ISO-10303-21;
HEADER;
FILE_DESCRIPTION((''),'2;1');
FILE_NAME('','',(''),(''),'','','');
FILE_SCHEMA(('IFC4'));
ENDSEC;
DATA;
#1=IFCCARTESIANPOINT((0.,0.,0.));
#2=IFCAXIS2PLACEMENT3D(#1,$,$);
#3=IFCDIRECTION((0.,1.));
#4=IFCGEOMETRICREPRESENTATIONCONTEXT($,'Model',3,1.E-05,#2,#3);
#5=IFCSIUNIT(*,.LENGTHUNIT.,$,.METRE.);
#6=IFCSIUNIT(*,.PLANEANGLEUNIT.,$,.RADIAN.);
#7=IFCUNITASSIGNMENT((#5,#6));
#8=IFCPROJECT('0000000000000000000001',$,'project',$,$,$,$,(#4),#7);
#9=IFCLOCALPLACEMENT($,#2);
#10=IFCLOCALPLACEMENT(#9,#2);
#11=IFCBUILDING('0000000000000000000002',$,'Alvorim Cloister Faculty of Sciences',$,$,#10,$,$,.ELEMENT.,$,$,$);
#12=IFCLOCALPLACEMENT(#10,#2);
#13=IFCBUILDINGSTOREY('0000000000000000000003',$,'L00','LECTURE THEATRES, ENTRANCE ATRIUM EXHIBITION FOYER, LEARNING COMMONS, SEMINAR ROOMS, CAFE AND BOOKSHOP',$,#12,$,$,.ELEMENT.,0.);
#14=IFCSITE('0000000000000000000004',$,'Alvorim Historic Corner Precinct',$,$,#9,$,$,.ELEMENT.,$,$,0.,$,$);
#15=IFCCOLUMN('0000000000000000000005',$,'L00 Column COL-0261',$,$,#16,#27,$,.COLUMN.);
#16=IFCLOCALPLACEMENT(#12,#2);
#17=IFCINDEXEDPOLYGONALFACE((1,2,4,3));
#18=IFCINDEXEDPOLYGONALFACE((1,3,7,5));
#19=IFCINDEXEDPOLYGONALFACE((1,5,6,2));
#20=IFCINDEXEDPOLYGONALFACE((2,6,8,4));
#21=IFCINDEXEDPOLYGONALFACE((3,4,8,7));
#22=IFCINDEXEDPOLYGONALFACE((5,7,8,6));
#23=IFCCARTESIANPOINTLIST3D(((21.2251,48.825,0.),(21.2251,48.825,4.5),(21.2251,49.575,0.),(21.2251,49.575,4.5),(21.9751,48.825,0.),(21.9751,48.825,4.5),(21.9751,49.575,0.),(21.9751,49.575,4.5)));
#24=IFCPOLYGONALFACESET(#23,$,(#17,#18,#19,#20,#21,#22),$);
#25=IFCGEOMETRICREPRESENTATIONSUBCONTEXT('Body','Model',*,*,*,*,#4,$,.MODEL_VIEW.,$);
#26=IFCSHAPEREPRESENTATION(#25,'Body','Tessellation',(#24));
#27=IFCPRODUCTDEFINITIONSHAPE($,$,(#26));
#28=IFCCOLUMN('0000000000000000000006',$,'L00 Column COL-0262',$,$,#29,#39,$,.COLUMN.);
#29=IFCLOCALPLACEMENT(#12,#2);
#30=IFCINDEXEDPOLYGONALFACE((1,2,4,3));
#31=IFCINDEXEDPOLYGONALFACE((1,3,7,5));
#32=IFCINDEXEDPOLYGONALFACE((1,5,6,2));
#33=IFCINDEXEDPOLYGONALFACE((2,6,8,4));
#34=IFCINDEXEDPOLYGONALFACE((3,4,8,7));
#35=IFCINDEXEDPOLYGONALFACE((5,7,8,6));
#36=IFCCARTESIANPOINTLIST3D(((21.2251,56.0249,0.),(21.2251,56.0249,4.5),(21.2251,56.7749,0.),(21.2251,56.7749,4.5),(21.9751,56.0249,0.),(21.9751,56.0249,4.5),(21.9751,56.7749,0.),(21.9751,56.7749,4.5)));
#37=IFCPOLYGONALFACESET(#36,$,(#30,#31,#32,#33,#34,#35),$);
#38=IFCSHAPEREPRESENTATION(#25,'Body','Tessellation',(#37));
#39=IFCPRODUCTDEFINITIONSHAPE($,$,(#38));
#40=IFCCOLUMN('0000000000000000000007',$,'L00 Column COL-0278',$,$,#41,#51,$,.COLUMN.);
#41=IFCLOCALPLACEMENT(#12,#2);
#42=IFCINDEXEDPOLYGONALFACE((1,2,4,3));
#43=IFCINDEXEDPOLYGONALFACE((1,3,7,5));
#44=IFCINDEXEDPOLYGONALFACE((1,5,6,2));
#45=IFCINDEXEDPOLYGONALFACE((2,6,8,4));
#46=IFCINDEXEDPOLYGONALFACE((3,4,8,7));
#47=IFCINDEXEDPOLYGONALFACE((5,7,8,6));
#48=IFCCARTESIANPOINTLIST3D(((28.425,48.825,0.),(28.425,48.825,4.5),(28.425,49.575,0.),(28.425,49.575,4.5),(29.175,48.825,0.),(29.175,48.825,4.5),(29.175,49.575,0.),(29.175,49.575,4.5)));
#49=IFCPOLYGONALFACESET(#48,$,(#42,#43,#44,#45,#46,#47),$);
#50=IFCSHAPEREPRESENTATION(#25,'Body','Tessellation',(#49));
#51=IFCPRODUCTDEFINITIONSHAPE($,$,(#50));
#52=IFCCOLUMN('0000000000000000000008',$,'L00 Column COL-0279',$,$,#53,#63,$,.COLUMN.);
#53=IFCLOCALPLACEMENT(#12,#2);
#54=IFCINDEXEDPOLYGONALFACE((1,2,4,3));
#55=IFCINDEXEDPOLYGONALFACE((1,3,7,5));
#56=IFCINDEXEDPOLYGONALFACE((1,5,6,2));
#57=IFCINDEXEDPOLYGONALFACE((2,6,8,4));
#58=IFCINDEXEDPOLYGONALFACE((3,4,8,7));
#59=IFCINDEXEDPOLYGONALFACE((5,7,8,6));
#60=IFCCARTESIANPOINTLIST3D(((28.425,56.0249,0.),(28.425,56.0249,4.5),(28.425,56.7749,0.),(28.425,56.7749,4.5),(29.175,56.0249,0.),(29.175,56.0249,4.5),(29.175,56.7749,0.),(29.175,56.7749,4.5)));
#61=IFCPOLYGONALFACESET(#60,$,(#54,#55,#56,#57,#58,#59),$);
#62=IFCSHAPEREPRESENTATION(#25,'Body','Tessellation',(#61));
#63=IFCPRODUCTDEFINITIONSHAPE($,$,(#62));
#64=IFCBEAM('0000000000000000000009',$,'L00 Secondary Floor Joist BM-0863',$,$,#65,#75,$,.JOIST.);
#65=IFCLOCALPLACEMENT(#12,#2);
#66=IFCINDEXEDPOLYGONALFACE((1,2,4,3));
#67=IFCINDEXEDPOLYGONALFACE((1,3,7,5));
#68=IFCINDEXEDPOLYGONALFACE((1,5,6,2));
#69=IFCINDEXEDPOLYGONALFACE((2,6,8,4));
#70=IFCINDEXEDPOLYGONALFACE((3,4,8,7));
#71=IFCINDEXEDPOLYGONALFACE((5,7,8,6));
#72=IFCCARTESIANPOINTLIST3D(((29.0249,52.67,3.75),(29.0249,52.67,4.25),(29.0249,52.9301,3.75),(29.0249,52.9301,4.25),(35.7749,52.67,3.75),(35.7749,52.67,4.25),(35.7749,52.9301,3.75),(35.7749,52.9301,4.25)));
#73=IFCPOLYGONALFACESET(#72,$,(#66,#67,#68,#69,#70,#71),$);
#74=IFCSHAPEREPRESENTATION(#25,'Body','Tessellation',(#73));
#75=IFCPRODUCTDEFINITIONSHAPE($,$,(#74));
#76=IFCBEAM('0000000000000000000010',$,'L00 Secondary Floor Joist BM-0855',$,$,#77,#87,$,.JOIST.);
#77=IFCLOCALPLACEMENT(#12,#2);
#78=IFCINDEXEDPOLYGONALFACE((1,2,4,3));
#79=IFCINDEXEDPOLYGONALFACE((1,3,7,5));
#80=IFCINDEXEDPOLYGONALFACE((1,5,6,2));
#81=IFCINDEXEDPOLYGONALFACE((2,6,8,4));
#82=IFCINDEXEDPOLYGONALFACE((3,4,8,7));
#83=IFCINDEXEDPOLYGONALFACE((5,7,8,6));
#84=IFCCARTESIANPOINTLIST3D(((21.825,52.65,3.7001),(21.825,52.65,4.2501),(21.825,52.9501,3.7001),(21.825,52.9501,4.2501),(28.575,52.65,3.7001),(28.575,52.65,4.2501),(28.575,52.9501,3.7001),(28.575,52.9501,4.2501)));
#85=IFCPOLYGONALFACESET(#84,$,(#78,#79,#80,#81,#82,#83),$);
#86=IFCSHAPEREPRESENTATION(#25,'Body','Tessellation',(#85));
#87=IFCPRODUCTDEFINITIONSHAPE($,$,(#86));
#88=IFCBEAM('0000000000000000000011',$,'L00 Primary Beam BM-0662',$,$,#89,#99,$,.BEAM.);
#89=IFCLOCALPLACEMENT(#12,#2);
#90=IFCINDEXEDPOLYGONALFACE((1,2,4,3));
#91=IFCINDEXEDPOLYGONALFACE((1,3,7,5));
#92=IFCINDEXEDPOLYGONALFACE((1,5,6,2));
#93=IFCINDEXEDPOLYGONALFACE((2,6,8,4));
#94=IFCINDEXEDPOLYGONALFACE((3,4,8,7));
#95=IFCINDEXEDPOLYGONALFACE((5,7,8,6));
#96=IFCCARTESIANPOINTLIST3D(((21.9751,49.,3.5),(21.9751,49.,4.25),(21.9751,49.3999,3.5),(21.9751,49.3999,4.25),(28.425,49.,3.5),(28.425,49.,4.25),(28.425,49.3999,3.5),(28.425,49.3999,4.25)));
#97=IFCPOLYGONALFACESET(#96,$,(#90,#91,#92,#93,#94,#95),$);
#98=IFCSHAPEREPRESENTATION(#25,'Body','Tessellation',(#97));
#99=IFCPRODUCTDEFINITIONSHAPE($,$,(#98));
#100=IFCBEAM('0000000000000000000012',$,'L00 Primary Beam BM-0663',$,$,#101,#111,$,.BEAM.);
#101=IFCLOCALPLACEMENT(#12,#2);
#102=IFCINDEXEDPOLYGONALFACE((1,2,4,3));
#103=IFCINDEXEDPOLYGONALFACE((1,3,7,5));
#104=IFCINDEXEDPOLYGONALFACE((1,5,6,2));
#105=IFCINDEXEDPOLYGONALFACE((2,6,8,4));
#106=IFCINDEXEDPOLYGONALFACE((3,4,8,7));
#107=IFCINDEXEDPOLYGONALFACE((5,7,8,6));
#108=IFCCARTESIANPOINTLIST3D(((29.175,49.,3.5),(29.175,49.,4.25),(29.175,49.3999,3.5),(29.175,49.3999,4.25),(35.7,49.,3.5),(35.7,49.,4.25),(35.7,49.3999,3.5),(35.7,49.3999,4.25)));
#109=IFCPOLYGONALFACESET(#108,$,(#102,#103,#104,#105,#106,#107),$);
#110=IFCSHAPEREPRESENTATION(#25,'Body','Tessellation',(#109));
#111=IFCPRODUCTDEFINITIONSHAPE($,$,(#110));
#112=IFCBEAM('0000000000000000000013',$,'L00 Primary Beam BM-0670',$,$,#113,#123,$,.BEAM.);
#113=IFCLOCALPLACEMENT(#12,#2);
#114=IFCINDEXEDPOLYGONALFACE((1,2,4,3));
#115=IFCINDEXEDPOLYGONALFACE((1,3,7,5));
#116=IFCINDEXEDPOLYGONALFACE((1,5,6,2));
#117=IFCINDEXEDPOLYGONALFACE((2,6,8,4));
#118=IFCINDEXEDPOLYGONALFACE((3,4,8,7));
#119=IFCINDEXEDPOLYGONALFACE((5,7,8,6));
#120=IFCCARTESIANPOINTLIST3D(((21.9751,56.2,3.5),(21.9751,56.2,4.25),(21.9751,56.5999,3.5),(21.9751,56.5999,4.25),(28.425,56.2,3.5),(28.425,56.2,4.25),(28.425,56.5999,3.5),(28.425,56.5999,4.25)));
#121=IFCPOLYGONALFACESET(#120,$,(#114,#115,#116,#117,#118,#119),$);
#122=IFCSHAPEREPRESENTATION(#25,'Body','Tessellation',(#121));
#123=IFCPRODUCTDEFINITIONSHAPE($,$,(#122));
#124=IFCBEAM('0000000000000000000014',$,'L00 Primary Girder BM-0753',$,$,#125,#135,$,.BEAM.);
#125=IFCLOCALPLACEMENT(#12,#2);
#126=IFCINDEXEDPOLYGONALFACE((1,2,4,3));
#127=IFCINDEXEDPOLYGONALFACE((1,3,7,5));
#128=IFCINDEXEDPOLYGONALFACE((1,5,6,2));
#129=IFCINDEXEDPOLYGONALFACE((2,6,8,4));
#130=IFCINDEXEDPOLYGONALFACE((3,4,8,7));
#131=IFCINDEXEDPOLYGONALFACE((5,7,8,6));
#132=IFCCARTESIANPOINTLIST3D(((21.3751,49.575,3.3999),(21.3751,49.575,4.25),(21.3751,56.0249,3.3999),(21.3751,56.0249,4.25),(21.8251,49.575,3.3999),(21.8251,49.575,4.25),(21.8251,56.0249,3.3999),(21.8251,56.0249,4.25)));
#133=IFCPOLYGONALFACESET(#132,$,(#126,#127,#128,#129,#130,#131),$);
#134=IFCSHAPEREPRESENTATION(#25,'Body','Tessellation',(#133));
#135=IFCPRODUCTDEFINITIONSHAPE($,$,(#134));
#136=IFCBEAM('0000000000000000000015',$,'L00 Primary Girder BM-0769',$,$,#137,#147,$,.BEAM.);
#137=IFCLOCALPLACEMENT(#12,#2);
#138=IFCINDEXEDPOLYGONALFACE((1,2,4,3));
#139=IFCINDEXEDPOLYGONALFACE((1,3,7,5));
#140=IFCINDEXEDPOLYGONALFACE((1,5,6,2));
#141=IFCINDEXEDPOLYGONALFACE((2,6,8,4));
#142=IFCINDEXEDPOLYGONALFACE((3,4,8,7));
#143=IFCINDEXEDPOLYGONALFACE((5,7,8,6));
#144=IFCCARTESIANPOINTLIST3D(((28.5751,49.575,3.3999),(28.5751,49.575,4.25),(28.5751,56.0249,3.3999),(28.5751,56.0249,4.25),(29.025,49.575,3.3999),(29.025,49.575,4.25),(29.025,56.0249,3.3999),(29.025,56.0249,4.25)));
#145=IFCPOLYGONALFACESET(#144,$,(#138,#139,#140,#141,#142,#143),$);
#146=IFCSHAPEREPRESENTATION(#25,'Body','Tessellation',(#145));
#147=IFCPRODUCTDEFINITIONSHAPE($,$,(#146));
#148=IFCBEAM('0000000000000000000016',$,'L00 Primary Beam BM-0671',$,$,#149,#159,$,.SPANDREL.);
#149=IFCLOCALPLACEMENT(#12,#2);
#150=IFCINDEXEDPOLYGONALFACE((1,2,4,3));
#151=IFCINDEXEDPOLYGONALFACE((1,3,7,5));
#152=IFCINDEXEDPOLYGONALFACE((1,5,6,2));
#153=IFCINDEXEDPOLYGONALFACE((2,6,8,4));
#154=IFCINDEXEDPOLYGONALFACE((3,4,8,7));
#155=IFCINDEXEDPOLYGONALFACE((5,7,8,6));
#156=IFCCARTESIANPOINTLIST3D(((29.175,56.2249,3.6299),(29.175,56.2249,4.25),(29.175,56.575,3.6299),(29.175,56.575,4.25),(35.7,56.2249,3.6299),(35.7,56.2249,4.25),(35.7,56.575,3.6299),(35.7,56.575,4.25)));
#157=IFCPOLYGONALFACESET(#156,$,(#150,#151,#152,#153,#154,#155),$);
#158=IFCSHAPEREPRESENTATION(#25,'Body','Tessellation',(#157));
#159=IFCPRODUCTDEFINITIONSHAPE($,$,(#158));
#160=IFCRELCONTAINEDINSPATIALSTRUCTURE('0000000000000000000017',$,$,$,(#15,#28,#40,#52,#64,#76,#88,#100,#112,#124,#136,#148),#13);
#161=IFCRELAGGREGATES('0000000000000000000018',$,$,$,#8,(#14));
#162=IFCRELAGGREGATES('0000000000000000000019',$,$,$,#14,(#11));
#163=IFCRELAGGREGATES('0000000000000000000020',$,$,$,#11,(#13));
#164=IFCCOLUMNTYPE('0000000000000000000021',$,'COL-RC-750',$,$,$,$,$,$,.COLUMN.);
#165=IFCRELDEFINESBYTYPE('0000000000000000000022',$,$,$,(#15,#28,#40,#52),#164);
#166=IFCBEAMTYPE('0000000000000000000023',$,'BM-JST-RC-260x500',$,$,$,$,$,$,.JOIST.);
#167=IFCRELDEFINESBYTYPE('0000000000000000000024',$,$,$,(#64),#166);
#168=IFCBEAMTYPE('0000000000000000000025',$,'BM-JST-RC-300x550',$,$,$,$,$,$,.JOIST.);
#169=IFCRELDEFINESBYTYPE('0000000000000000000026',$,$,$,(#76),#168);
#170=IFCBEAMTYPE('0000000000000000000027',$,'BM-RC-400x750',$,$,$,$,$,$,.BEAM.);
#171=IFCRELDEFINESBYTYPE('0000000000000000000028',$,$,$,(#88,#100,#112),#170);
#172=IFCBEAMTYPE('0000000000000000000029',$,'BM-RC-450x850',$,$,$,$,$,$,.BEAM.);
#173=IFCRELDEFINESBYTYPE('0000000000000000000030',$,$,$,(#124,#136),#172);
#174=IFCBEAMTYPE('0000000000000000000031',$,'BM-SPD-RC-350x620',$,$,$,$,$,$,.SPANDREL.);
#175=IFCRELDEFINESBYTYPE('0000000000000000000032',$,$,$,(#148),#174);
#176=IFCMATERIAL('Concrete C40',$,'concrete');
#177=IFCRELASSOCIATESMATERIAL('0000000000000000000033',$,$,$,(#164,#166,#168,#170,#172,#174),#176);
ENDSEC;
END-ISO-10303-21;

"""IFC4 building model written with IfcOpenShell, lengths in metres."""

from ifc_helpers import new_model, si_unit, direction, frame, origin, origin_2d, place, context, subcontext, project, spatial, rectangle, extrude, material, material_profile, profile_set, type_object, element, save


model = new_model("IFC4")

# Units and contexts
model_context = context("Model", 3, precision=1e-05, world=origin(), true_north=direction((0.0, 1.0)))
body_context = subcontext(model_context, "Body", "Model", "MODEL_VIEW")
ifc_project = project(units=[si_unit("LENGTHUNIT", "METRE"), si_unit("PLANEANGLEUNIT", "RADIAN")], contexts=[model_context])

# Site, building, storey
site_placement = place(None, origin())
site = spatial("IfcSite", under=ifc_project, at=site_placement, Name="Alvorim Historic Corner Precinct", CompositionType="ELEMENT", RefElevation=0.0)
building_placement = place(site_placement, origin())
building = spatial("IfcBuilding", under=site, at=building_placement, Name="Alvorim Cloister Faculty of Sciences", CompositionType="ELEMENT")
storey_placement = place(building_placement, origin())
storey = spatial("IfcBuildingStorey", under=building, at=storey_placement, Name="L00", Description="LECTURE THEATRES, ENTRANCE ATRIUM EXHIBITION FOYER, LEARNING COMMONS, SEMINAR ROOMS, CAFE AND BOOKSHOP", CompositionType="ELEMENT", Elevation=0.0)

# Columns
ifc_material_1 = material(Name="Concrete C40", Category="concrete")
ifc_material_profile_1 = material_profile(ifc_material_1, rectangle(XDim=0.75, YDim=0.75, at=origin_2d()), Name="RC40-COL-750x750")
ifc_profile_set_1 = profile_set([ifc_material_profile_1], Name="Concrete C40")
column_type = type_object("IfcColumnType", Name="COL-RC-750", PredefinedType="COLUMN", material=ifc_profile_set_1)
for number, where, z_axis, x_axis, name in (
    (1, (21.6001, 49.2, 0.0), (0.0, 0.0, 1.0), (1.0, 0.0, 0.0), "L00 Column COL-0261"),
    (2, (21.6001, 56.3999, 0.0), (0.0, 0.0, 1.0), (1.0, 0.0, 0.0), "L00 Column COL-0262"),
    (3, (28.8, 49.2, 0.0), (0.0, 0.0, 1.0), (1.0, 0.0, 0.0), "L00 Column COL-0278"),
    (4, (28.8, 56.3999, 0.0), (0.0, 0.0, 1.0), (1.0, 0.0, 0.0), "L00 Column COL-0279"),
):
    element("IfcColumn", number, at=place(storey_placement, frame(where, z_axis=z_axis, x_axis=x_axis)), inside=storey, type_object=column_type, Name=name, PredefinedType="COLUMN", context=body_context, shape_type="SweptSolid", body=[
        extrude(rectangle(XDim=0.75, YDim=0.75, at=origin_2d()), origin(), (0.0, 0.0, 1.0), 4.5),
    ])

# Beams
ifc_material_profile_2 = material_profile(ifc_material_1, rectangle(XDim=0.26, YDim=0.5, at=origin_2d()), Name="RC40-JST-260x500")
ifc_profile_set_2 = profile_set([ifc_material_profile_2], Name="Concrete C40")
beam_type_1 = type_object("IfcBeamType", Name="BM-JST-RC-260x500", PredefinedType="JOIST", material=ifc_profile_set_2)
beam_1_placement = place(storey_placement, frame((29.0249, 52.8, 4.0), z_axis=(1.0, 0.0, 0.0), x_axis=(0.0, 1.0, 0.0)))
element("IfcBeam", 5, at=beam_1_placement, inside=storey, type_object=beam_type_1, Name="L00 Secondary Floor Joist BM-0863", PredefinedType="JOIST", context=body_context, shape_type="SweptSolid", body=[
    extrude(rectangle(XDim=0.26, YDim=0.5, at=origin_2d()), origin(), (0.0, 0.0, 1.0), 6.75),
])
ifc_material_profile_3 = material_profile(ifc_material_1, rectangle(XDim=0.3, YDim=0.55, at=origin_2d()), Name="RC40-JST-300x550")
ifc_profile_set_3 = profile_set([ifc_material_profile_3], Name="Concrete C40")
beam_type_2 = type_object("IfcBeamType", Name="BM-JST-RC-300x550", PredefinedType="JOIST", material=ifc_profile_set_3)
beam_2_placement = place(storey_placement, frame((21.825, 52.8, 3.9751), z_axis=(1.0, 0.0, 0.0), x_axis=(0.0, 1.0, 0.0)))
element("IfcBeam", 6, at=beam_2_placement, inside=storey, type_object=beam_type_2, Name="L00 Secondary Floor Joist BM-0855", PredefinedType="JOIST", context=body_context, shape_type="SweptSolid", body=[
    extrude(rectangle(XDim=0.3, YDim=0.55, at=origin_2d()), origin(), (0.0, 0.0, 1.0), 6.75),
])
ifc_material_profile_4 = material_profile(ifc_material_1, rectangle(XDim=0.3999, YDim=0.75, at=origin_2d()), Name="RC40-BM-400x750")
ifc_profile_set_4 = profile_set([ifc_material_profile_4], Name="Concrete C40")
beam_type_3 = type_object("IfcBeamType", Name="BM-RC-400x750", PredefinedType="BEAM", material=ifc_profile_set_4)
beam_3_placement = place(storey_placement, frame((21.9751, 49.2, 3.875), z_axis=(1.0, 0.0, 0.0), x_axis=(0.0, 1.0, 0.0)))
element("IfcBeam", 7, at=beam_3_placement, inside=storey, type_object=beam_type_3, Name="L00 Primary Beam BM-0662", PredefinedType="BEAM", context=body_context, shape_type="SweptSolid", body=[
    extrude(rectangle(XDim=0.3999, YDim=0.75, at=origin_2d()), origin(), (0.0, 0.0, 1.0), 6.45),
])
beam_4_placement = place(storey_placement, frame((29.175, 49.2, 3.875), z_axis=(1.0, 0.0, 0.0), x_axis=(0.0, 1.0, 0.0)))
element("IfcBeam", 8, at=beam_4_placement, inside=storey, type_object=beam_type_3, Name="L00 Primary Beam BM-0663", PredefinedType="BEAM", context=body_context, shape_type="SweptSolid", body=[
    extrude(rectangle(XDim=0.3999, YDim=0.75, at=origin_2d()), origin(), (0.0, 0.0, 1.0), 6.5249),
])
beam_5_placement = place(storey_placement, frame((21.9751, 56.3999, 3.875), z_axis=(1.0, 0.0, 0.0), x_axis=(0.0, 1.0, 0.0)))
element("IfcBeam", 9, at=beam_5_placement, inside=storey, type_object=beam_type_3, Name="L00 Primary Beam BM-0670", PredefinedType="BEAM", context=body_context, shape_type="SweptSolid", body=[
    extrude(rectangle(XDim=0.3999, YDim=0.75, at=origin_2d()), origin(), (0.0, 0.0, 1.0), 6.45),
])
ifc_material_profile_5 = material_profile(ifc_material_1, rectangle(XDim=0.45, YDim=0.8501, at=origin_2d()), Name="RC40-BM-450x850")
ifc_profile_set_5 = profile_set([ifc_material_profile_5], Name="Concrete C40")
beam_type_4 = type_object("IfcBeamType", Name="BM-RC-450x850", PredefinedType="BEAM", material=ifc_profile_set_5)
for number, where, z_axis, x_axis, name in (
    (10, (21.6001, 49.575, 3.825), (0.0, 1.0, 0.0), (-1.0, 0.0, 0.0), "L00 Primary Girder BM-0753"),
    (11, (28.8, 49.575, 3.825), (0.0, 1.0, 0.0), (-1.0, 0.0, 0.0), "L00 Primary Girder BM-0769"),
):
    element("IfcBeam", number, at=place(storey_placement, frame(where, z_axis=z_axis, x_axis=x_axis)), inside=storey, type_object=beam_type_4, Name=name, PredefinedType="BEAM", context=body_context, shape_type="SweptSolid", body=[
        extrude(rectangle(XDim=0.45, YDim=0.8501, at=origin_2d()), origin(), (0.0, 0.0, 1.0), 6.45),
    ])
ifc_material_profile_6 = material_profile(ifc_material_1, rectangle(XDim=0.3501, YDim=0.6201, at=origin_2d()), Name="RC40-SPD-350x620")
ifc_profile_set_6 = profile_set([ifc_material_profile_6], Name="Concrete C40")
beam_type_5 = type_object("IfcBeamType", Name="BM-SPD-RC-350x620", PredefinedType="SPANDREL", material=ifc_profile_set_6)
beam_6_placement = place(storey_placement, frame((29.175, 56.3999, 3.9399), z_axis=(1.0, 0.0, 0.0), x_axis=(0.0, 1.0, 0.0)))
element("IfcBeam", 12, at=beam_6_placement, inside=storey, type_object=beam_type_5, Name="L00 Primary Beam BM-0671", PredefinedType="SPANDREL", context=body_context, shape_type="SweptSolid", body=[
    extrude(rectangle(XDim=0.3501, YDim=0.6201, at=origin_2d()), origin(), (0.0, 0.0, 1.0), 6.5249),
])

save(model, "model.ifc")
